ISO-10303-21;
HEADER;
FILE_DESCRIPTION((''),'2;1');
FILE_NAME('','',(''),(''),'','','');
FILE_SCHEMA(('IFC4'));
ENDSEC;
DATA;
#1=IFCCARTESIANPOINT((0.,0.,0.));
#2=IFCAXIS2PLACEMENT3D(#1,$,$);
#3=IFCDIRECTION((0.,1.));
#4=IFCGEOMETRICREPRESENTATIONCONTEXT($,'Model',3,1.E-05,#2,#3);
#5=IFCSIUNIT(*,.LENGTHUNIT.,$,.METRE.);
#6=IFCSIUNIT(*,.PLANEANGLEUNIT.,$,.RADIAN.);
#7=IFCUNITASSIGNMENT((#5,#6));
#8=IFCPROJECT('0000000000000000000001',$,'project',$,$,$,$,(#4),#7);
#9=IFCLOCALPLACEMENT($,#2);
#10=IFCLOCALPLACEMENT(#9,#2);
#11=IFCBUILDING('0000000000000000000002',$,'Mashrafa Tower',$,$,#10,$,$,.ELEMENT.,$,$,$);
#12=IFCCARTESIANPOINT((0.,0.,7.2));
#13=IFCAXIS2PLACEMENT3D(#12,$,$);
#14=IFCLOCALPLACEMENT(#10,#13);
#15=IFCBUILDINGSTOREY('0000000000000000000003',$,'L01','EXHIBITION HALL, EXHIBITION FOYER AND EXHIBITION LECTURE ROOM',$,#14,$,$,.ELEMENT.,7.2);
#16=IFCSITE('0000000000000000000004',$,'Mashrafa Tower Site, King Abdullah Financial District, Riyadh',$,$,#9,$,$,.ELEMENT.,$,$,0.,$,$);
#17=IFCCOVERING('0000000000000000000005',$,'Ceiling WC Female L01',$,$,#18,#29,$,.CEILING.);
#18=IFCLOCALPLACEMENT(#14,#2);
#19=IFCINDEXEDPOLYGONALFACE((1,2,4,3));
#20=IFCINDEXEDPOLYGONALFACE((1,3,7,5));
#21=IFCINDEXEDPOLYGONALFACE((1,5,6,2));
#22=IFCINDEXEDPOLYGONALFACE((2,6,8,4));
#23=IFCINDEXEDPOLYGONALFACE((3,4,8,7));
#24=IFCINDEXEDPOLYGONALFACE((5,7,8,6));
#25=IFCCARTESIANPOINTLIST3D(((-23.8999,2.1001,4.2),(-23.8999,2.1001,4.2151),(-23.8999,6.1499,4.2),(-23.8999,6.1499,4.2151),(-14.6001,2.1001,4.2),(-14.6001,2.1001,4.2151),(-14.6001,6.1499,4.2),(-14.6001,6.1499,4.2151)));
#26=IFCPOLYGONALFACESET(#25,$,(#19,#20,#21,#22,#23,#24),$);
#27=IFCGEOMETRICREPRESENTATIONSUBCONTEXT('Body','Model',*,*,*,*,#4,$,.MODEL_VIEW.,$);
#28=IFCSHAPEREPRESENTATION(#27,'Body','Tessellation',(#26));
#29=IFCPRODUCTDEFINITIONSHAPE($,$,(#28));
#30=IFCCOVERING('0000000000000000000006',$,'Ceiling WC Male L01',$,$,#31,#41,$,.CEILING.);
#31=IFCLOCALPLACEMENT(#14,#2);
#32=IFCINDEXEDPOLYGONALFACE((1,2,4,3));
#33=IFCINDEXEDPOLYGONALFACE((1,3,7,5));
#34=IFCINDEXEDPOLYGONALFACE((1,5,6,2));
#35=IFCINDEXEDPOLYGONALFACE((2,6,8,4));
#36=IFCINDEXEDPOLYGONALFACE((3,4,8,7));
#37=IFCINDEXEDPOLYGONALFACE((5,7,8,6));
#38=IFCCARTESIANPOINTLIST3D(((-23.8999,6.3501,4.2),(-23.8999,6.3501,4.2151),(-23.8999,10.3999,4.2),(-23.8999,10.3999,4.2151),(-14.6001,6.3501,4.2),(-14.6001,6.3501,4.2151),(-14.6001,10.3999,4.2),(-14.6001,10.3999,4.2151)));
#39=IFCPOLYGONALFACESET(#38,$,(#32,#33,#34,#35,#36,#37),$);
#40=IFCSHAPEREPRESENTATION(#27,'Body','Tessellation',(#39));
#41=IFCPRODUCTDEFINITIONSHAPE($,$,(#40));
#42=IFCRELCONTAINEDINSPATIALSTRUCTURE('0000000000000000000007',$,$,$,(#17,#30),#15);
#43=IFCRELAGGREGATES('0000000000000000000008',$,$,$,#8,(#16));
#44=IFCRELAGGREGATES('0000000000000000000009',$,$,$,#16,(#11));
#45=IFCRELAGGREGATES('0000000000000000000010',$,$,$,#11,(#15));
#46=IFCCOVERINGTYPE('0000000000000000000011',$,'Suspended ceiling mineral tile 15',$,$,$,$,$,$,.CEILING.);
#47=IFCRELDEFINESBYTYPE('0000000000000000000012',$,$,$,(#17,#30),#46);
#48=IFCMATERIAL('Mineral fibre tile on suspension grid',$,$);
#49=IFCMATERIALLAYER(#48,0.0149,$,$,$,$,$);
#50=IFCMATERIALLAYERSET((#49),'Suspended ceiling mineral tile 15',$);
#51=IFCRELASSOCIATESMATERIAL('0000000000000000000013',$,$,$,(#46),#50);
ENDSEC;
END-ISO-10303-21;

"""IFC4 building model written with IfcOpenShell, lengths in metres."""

from ifc_helpers import new_model, si_unit, direction, frame, origin, place, context, subcontext, project, spatial, polyline, outline, extrude, material, layer, layer_set, type_object, element, save


model = new_model("IFC4")

# Units and contexts
model_context = context("Model", 3, precision=1e-05, world=origin(), true_north=direction((0.0, 1.0)))
body_context = subcontext(model_context, "Body", "Model", "MODEL_VIEW")
ifc_project = project(units=[si_unit("LENGTHUNIT", "METRE"), si_unit("PLANEANGLEUNIT", "RADIAN")], contexts=[model_context])

# Site, building, storey
site_placement = place(None, origin())
site = spatial("IfcSite", under=ifc_project, at=site_placement, Name="Mashrafa Tower Site, King Abdullah Financial District, Riyadh", CompositionType="ELEMENT", RefElevation=0.0)
building_placement = place(site_placement, origin())
building = spatial("IfcBuilding", under=site, at=building_placement, Name="Mashrafa Tower", CompositionType="ELEMENT")
storey_placement = place(building_placement, frame((0.0, 0.0, 7.2)))
storey = spatial("IfcBuildingStorey", under=building, at=storey_placement, Name="L01", Description="EXHIBITION HALL, EXHIBITION FOYER AND EXHIBITION LECTURE ROOM", CompositionType="ELEMENT", Elevation=7.2)

# Coverings
ifc_material_1 = material(Name="Mineral fibre tile on suspension grid")
ifc_layer_1 = layer(ifc_material_1, 0.0149)
ifc_layer_set_1 = layer_set([ifc_layer_1], Name="Suspended ceiling mineral tile 15")
covering_type_1 = type_object("IfcCoveringType", Name="Suspended ceiling mineral tile 15", PredefinedType="CEILING", material=ifc_layer_set_1)
covering_1_placement = place(storey_placement, frame((0.0, 0.0, 4.2)))
element("IfcCovering", 1, at=covering_1_placement, inside=storey, type_object=covering_type_1, Name="Ceiling WC Female L01", PredefinedType="CEILING", context=body_context, shape_type="SweptSolid", body=[
    extrude(outline(polyline([(-23.8999, 6.1499), (-14.6001, 6.1499), (-14.6001, 2.1001), (-23.8999, 2.1001), (-23.8999, 6.1499)])), origin(), (0.0, 0.0, 1.0), 0.0151),
])
covering_2_placement = place(storey_placement, frame((0.0, 0.0, 4.2)))
element("IfcCovering", 2, at=covering_2_placement, inside=storey, type_object=covering_type_1, Name="Ceiling WC Male L01", PredefinedType="CEILING", context=body_context, shape_type="SweptSolid", body=[
    extrude(outline(polyline([(-23.8999, 10.3999), (-14.6001, 10.3999), (-14.6001, 6.3501), (-23.8999, 6.3501), (-23.8999, 10.3999)])), origin(), (0.0, 0.0, 1.0), 0.0151),
])

save(model, "model.ifc")
